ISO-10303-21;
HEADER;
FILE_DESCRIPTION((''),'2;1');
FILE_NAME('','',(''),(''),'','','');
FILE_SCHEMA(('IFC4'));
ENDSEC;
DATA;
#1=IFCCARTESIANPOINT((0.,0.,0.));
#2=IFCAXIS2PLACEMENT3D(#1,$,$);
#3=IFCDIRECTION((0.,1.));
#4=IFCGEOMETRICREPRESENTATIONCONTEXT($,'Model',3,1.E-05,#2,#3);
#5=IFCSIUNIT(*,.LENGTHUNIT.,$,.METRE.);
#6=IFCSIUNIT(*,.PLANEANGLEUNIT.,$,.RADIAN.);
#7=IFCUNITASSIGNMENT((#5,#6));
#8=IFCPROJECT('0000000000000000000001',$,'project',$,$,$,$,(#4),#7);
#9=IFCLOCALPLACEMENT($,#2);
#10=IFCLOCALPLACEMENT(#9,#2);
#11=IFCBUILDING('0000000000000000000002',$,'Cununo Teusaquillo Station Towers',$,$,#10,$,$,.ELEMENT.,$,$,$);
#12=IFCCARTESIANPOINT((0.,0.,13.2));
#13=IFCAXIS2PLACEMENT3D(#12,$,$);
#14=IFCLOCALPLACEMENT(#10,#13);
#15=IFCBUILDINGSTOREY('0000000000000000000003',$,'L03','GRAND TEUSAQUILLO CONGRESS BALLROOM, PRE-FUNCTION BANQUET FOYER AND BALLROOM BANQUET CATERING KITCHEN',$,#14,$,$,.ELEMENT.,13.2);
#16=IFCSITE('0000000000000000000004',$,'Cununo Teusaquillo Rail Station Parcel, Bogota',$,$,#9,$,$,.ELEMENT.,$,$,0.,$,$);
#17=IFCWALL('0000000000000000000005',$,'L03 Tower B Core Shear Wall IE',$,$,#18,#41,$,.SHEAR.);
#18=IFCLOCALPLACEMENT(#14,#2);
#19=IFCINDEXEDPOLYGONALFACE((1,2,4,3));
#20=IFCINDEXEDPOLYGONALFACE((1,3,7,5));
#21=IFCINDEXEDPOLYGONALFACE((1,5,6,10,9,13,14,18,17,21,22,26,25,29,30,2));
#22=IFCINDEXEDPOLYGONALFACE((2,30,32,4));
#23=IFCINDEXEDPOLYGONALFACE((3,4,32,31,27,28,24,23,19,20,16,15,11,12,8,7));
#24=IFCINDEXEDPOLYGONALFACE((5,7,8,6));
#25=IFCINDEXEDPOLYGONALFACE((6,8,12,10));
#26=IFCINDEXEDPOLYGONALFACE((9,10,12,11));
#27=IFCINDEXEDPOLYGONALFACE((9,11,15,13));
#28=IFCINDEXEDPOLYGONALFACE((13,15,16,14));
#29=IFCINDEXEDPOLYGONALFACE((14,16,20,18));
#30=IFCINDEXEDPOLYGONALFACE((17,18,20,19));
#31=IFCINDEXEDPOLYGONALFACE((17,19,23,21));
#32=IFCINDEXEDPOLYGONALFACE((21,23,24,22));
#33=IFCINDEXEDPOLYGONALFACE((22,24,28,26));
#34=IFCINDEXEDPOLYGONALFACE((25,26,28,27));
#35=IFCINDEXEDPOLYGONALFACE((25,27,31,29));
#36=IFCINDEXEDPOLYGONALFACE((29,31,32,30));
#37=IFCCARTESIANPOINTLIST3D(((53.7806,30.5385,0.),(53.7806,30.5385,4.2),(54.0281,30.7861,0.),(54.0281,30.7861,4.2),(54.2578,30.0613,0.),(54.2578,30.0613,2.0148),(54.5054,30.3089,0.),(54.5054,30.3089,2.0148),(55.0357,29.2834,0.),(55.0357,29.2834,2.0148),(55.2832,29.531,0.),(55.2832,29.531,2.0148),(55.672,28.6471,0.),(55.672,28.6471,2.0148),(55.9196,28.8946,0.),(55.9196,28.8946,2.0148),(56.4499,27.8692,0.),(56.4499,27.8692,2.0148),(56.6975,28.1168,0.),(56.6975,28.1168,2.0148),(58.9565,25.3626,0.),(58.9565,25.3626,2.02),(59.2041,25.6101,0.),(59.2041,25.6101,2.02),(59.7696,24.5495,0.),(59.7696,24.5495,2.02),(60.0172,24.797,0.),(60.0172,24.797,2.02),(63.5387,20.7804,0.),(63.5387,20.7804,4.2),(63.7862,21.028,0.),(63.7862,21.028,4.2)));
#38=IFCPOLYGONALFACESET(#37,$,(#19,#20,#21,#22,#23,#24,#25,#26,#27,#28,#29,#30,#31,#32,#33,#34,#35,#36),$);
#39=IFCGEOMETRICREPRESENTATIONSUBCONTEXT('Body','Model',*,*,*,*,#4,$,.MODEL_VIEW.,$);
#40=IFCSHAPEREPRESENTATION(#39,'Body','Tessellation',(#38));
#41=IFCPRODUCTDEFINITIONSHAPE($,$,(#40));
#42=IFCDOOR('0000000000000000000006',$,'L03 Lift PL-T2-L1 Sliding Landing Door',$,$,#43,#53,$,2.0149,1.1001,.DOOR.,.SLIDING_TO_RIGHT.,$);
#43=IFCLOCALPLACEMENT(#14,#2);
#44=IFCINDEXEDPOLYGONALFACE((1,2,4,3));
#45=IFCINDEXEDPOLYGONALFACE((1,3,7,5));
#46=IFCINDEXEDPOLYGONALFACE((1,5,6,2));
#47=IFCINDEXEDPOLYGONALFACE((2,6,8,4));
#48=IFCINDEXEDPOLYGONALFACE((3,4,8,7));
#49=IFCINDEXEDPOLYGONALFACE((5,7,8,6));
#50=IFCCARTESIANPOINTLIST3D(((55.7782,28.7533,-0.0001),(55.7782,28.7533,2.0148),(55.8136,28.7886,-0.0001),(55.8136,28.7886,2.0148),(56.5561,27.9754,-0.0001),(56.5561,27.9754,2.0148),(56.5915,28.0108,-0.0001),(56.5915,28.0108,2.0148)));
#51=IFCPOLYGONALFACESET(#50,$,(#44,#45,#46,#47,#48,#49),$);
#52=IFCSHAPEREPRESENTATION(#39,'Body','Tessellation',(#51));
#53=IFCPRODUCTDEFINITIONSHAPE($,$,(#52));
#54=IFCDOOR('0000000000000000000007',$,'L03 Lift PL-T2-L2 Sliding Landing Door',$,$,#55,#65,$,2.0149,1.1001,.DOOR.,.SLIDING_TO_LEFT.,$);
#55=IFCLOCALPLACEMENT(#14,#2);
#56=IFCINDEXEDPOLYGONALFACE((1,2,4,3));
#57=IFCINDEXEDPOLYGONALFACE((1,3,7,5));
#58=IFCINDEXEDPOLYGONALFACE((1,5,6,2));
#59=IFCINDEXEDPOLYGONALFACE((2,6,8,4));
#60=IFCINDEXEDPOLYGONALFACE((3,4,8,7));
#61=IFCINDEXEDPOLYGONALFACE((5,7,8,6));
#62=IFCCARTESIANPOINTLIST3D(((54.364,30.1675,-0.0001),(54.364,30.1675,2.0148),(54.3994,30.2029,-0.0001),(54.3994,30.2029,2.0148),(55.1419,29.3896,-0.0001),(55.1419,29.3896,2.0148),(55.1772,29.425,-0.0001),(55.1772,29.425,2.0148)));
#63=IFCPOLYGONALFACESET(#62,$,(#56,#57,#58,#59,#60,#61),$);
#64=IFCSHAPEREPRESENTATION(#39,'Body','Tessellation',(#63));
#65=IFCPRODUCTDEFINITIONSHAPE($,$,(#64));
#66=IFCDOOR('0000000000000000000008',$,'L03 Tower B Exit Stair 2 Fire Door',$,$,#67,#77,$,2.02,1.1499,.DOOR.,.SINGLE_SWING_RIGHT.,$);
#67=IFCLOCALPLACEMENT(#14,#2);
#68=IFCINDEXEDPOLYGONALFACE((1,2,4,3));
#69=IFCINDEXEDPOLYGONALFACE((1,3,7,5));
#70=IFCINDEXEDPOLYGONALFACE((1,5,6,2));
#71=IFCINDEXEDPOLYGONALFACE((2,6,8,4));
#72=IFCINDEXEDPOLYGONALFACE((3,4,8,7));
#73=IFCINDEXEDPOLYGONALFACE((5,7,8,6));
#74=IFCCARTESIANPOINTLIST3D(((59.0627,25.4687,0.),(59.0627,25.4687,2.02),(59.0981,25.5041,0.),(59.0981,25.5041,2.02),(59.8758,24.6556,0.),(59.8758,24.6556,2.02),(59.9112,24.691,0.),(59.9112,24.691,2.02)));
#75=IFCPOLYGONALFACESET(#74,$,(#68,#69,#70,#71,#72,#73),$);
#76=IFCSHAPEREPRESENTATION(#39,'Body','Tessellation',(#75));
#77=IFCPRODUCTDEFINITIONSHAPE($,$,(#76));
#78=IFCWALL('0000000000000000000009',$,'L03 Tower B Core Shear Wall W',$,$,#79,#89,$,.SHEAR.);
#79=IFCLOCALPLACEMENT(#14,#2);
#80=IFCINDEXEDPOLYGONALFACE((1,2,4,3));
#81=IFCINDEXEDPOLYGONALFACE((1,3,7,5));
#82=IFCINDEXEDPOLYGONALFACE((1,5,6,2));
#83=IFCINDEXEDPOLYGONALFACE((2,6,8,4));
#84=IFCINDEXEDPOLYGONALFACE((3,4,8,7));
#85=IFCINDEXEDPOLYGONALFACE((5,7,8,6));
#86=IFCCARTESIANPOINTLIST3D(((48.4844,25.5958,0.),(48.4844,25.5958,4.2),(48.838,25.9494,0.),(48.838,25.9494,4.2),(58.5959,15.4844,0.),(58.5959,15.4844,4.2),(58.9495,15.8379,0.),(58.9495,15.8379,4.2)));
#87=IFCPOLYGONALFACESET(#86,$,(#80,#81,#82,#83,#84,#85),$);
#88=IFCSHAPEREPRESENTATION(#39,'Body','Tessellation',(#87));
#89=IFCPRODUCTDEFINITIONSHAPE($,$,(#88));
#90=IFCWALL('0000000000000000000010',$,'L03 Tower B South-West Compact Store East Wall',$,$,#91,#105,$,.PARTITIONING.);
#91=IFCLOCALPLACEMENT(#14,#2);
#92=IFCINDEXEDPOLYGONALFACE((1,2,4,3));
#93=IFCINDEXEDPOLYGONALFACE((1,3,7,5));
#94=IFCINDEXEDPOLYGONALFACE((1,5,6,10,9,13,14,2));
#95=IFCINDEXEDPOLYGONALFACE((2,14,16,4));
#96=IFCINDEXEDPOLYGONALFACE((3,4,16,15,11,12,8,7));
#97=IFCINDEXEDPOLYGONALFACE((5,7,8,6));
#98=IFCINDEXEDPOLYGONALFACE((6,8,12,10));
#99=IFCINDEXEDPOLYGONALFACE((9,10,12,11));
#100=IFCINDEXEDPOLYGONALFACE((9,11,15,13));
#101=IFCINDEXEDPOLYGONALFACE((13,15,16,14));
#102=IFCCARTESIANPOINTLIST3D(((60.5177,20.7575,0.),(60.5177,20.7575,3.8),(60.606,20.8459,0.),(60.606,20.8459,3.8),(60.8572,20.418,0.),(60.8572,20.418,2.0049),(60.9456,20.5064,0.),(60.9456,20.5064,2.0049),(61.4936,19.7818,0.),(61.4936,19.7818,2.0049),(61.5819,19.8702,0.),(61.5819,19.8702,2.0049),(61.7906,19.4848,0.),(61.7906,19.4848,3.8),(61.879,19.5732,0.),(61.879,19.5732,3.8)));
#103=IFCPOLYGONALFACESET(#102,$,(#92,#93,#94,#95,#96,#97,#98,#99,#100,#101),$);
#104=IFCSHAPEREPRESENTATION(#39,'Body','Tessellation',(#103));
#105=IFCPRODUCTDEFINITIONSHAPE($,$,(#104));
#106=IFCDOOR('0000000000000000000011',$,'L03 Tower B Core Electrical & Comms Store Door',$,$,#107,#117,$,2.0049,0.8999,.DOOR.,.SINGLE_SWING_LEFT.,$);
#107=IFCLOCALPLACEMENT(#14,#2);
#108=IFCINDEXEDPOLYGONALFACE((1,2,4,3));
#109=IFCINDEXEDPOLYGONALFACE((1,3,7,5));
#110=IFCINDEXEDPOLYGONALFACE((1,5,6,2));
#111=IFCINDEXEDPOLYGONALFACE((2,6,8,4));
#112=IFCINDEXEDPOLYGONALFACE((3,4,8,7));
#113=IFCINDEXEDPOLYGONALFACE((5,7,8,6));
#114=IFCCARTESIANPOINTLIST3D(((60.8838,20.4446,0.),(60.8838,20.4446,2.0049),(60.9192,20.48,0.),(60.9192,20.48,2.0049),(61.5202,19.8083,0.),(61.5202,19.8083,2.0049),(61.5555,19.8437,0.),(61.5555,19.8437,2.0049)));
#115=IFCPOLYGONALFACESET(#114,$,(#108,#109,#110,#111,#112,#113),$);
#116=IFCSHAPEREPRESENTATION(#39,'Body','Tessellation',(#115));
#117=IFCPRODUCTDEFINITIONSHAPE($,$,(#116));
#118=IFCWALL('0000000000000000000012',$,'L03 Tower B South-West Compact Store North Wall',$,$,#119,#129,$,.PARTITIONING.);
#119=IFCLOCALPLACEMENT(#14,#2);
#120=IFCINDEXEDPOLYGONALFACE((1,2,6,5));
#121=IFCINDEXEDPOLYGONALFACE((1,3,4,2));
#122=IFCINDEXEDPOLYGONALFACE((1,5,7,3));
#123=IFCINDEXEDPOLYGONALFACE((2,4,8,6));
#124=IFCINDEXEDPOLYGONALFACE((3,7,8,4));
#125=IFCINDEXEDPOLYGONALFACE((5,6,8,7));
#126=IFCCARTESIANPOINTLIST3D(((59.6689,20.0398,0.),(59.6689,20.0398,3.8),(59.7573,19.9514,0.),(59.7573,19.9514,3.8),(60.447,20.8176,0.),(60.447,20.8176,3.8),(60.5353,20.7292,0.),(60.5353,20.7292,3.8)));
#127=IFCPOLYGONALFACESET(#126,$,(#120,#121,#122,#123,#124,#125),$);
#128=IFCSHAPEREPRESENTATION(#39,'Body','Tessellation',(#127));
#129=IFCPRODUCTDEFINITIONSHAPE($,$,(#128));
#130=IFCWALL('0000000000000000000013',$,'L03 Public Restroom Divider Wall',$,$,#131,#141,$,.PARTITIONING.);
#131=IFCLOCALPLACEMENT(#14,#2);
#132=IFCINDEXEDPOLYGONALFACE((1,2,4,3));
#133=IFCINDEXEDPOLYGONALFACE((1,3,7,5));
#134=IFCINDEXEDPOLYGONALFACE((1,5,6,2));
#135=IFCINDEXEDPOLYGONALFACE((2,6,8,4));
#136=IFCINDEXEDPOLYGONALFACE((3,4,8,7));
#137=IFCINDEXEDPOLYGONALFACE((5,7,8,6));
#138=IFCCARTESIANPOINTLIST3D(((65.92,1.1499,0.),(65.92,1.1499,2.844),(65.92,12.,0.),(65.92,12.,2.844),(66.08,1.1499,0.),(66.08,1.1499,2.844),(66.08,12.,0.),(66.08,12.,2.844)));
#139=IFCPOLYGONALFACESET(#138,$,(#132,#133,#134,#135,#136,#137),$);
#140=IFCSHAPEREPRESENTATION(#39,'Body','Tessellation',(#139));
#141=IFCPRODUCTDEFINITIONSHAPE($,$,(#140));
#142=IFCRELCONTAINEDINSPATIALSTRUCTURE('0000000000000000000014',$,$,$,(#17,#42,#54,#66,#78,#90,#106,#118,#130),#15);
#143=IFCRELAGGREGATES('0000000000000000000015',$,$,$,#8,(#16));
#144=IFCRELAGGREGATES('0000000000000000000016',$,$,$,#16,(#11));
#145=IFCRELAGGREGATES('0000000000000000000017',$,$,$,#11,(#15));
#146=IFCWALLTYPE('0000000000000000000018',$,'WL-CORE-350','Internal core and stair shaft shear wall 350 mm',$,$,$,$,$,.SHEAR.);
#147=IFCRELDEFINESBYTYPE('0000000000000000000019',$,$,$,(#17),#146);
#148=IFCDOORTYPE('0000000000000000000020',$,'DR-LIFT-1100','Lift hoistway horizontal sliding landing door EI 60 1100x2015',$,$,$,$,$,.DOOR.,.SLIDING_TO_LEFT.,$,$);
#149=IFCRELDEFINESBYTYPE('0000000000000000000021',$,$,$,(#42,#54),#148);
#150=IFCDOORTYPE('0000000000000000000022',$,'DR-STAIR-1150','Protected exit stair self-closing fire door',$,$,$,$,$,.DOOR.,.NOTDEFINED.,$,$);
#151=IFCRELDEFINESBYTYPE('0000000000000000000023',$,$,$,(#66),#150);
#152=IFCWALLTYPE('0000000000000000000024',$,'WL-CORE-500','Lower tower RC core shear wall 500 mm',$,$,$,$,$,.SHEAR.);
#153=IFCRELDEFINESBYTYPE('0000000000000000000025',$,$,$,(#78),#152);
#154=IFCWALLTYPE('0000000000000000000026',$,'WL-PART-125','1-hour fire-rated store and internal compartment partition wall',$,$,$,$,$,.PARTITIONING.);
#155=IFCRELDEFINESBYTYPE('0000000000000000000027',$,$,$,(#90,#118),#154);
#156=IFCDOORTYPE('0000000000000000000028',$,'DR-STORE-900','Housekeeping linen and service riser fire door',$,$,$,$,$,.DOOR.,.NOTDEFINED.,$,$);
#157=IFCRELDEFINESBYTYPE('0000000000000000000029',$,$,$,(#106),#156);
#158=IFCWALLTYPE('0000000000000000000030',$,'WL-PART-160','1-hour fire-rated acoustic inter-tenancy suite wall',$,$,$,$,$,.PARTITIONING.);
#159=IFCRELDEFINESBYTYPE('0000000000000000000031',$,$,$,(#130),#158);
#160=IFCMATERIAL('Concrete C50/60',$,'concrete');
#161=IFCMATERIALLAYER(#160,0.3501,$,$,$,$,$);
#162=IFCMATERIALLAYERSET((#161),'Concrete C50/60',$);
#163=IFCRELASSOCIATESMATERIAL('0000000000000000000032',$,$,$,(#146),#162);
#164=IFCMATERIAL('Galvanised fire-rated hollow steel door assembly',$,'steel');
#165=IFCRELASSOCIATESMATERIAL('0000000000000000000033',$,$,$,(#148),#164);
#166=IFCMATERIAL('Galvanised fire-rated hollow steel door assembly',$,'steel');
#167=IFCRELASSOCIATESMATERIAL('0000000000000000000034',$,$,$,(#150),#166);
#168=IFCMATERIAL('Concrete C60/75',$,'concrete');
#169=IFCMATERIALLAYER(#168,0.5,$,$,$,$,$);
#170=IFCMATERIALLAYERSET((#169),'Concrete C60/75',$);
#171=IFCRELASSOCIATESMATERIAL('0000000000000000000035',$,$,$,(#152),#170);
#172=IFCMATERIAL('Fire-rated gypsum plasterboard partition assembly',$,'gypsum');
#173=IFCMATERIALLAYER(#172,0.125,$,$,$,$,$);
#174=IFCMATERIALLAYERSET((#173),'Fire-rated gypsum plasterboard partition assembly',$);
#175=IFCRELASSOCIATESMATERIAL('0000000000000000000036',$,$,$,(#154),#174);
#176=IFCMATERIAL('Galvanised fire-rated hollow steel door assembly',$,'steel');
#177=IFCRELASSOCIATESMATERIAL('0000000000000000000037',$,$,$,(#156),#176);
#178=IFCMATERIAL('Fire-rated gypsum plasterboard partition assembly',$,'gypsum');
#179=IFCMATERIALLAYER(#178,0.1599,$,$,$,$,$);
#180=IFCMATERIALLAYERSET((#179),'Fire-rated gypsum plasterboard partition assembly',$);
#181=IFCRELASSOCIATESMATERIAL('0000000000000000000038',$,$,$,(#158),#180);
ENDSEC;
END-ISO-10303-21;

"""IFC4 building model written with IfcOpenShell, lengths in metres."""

from ifc_helpers import new_model, si_unit, direction, frame, frame_2d, origin, place, context, subcontext, project, spatial, rectangle, extrude, source, transform, mapped, material, layer, layer_set, type_object, element, fill, save


model = new_model("IFC4")

# Units and contexts
model_context = context("Model", 3, precision=1e-05, world=origin(), true_north=direction((0.0, 1.0)))
body_context = subcontext(model_context, "Body", "Model", "MODEL_VIEW")
ifc_project = project(units=[si_unit("LENGTHUNIT", "METRE"), si_unit("PLANEANGLEUNIT", "RADIAN")], contexts=[model_context])

# Site, building, storey
site_placement = place(None, origin())
site = spatial("IfcSite", under=ifc_project, at=site_placement, Name="Cununo Teusaquillo Rail Station Parcel, Bogota", CompositionType="ELEMENT", RefElevation=0.0)
building_placement = place(site_placement, origin())
building = spatial("IfcBuilding", under=site, at=building_placement, Name="Cununo Teusaquillo Station Towers", CompositionType="ELEMENT")
storey_placement = place(building_placement, frame((0.0, 0.0, 13.2)))
storey = spatial("IfcBuildingStorey", under=building, at=storey_placement, Name="L03", Description="GRAND TEUSAQUILLO CONGRESS BALLROOM, PRE-FUNCTION BANQUET FOYER AND BALLROOM BANQUET CATERING KITCHEN", CompositionType="ELEMENT", Elevation=13.2)

# Wall, openings, doors
ifc_material_1 = material(Name="Concrete C50/60", Category="concrete")
ifc_layer_1 = layer(ifc_material_1, 0.3501)
ifc_layer_set_1 = layer_set([ifc_layer_1], Name="Concrete C50/60")
wall_type_1 = type_object("IfcWallType", Name="WL-CORE-350", Description="Internal core and stair shaft shear wall 350 mm", PredefinedType="SHEAR", material=ifc_layer_set_1)
shared_shape_1 = source(origin(), body_context, "Body", "SweptSolid", [
    extrude(rectangle(XDim=1.1001, YDim=2.0149, at=frame_2d((0.55, 1.0073))), frame((0.0, 0.1851, 0.0), z_axis=(0.0, -1.0, 0.0), x_axis=(1.0, 0.0, 0.0)), (0.0, 0.0, 1.0), 0.3701),
])
shared_shape_2 = source(origin(), body_context, "Body", "SweptSolid", [
    extrude(rectangle(XDim=1.1499, YDim=2.02, at=frame_2d((0.575, 1.01))), frame((0.0, 0.1851, 0.0), z_axis=(0.0, -1.0, 0.0), x_axis=(1.0, 0.0, 0.0)), (0.0, 0.0, 1.0), 0.3701),
])
ifc_material_2 = material(Name="Galvanised fire-rated hollow steel door assembly", Category="steel")
door_type_1 = type_object("IfcDoorType", Name="DR-LIFT-1100", Description="Lift hoistway horizontal sliding landing door EI 60 1100x2015", OperationType="SLIDING_TO_LEFT", PredefinedType="DOOR", material=ifc_material_2)
shared_shape_3 = source(origin(), body_context, "Body", "SweptSolid", [
    extrude(rectangle(XDim=1.1001, YDim=2.0149, at=frame_2d((0.55, 1.0073))), frame((0.0, 0.0249, 0.0), z_axis=(0.0, -1.0, 0.0), x_axis=(1.0, 0.0, 0.0)), (0.0, 0.0, 1.0), 0.05),
])
ifc_material_3 = material(Name="Galvanised fire-rated hollow steel door assembly", Category="steel")
door_type_2 = type_object("IfcDoorType", Name="DR-STAIR-1150", Description="Protected exit stair self-closing fire door", OperationType="NOTDEFINED", PredefinedType="DOOR", material=ifc_material_3)
shared_shape_4 = source(origin(), body_context, "Body", "SweptSolid", [
    extrude(rectangle(XDim=1.1499, YDim=2.02, at=frame_2d((0.575, 1.01))), frame((0.0, 0.0249, 0.0), z_axis=(0.0, -1.0, 0.0), x_axis=(1.0, 0.0, 0.0)), (0.0, 0.0, 1.0), 0.05),
])
wall_1_placement = place(storey_placement, frame((63.6624, 20.9043, 0.0), z_axis=(0.0, 0.0, 1.0), x_axis=(-0.707107, 0.707107, 0.0)))
wall_1 = element("IfcWall", 1, at=wall_1_placement, inside=storey, type_object=wall_type_1, Name="L03 Tower B Core Shear Wall IE", PredefinedType="SHEAR", context=body_context, shape_type="SweptSolid", body=[
    extrude(rectangle(XDim=13.8, YDim=0.3501, at=frame_2d((6.8999, 0.0))), origin(), (0.0, 0.0, 1.0), 4.2),
])
opening_1_placement = place(wall_1_placement, frame((10.0249, 0.0, 0.0)))
opening_1 = element("IfcOpeningElement", 2, at=opening_1_placement, cuts=wall_1, PredefinedType="OPENING", context=body_context, shape_type="MappedRepresentation", body=[
    mapped(shared_shape_1, transform((0.0, 0.0, 0.0), x_axis=(1.0, 0.0, 0.0), y_axis=(0.0, 1.0, 0.0), z_axis=(0.0, 0.0, 1.0), scale=1.0)),
])
opening_2_placement = place(wall_1_placement, frame((12.0249, 0.0, 0.0)))
opening_2 = element("IfcOpeningElement", 3, at=opening_2_placement, cuts=wall_1, PredefinedType="OPENING", context=body_context, shape_type="MappedRepresentation", body=[
    mapped(shared_shape_1, transform((0.0, 0.0, 0.0), x_axis=(1.0, 0.0, 0.0), y_axis=(0.0, 1.0, 0.0), z_axis=(0.0, 0.0, 1.0), scale=1.0)),
])
opening_3_placement = place(wall_1_placement, frame((5.3301, 0.0, 0.0)))
opening_3 = element("IfcOpeningElement", 4, at=opening_3_placement, cuts=wall_1, PredefinedType="OPENING", context=body_context, shape_type="MappedRepresentation", body=[
    mapped(shared_shape_2, transform((0.0, 0.0, 0.0), x_axis=(1.0, 0.0, 0.0), y_axis=(0.0, 1.0, 0.0), z_axis=(0.0, 0.0, 1.0), scale=1.0)),
])
door_1_placement = place(opening_1_placement, origin())
door_1 = element("IfcDoor", 5, at=door_1_placement, inside=storey, type_object=door_type_1, Name="L03 Lift PL-T2-L1 Sliding Landing Door", OperationType="SLIDING_TO_RIGHT", OverallHeight=2.0149, OverallWidth=1.1001, PredefinedType="DOOR", context=body_context, shape_type="MappedRepresentation", body=[
    mapped(shared_shape_3, transform((0.0, 0.0, 0.0), x_axis=(1.0, 0.0, 0.0), y_axis=(0.0, 1.0, 0.0), z_axis=(0.0, 0.0, 1.0), scale=1.0)),
])
fill(opening_1, door_1)
door_2_placement = place(opening_2_placement, origin())
door_2 = element("IfcDoor", 6, at=door_2_placement, inside=storey, type_object=door_type_1, Name="L03 Lift PL-T2-L2 Sliding Landing Door", OperationType="SLIDING_TO_LEFT", OverallHeight=2.0149, OverallWidth=1.1001, PredefinedType="DOOR", context=body_context, shape_type="MappedRepresentation", body=[
    mapped(shared_shape_3, transform((0.0, 0.0, 0.0), x_axis=(1.0, 0.0, 0.0), y_axis=(0.0, 1.0, 0.0), z_axis=(0.0, 0.0, 1.0), scale=1.0)),
])
fill(opening_2, door_2)
door_3_placement = place(opening_3_placement, origin())
door_3 = element("IfcDoor", 7, at=door_3_placement, inside=storey, type_object=door_type_2, Name="L03 Tower B Exit Stair 2 Fire Door", OperationType="SINGLE_SWING_RIGHT", OverallHeight=2.02, OverallWidth=1.1499, PredefinedType="DOOR", context=body_context, shape_type="MappedRepresentation", body=[
    mapped(shared_shape_4, transform((0.0, 0.0, 0.0), x_axis=(1.0, 0.0, 0.0), y_axis=(0.0, 1.0, 0.0), z_axis=(0.0, 0.0, 1.0), scale=1.0)),
])
fill(opening_3, door_3)

# Wall
ifc_material_4 = material(Name="Concrete C60/75", Category="concrete")
ifc_layer_2 = layer(ifc_material_4, 0.5)
ifc_layer_set_2 = layer_set([ifc_layer_2], Name="Concrete C60/75")
wall_type_2 = type_object("IfcWallType", Name="WL-CORE-500", Description="Lower tower RC core shear wall 500 mm", PredefinedType="SHEAR", material=ifc_layer_set_2)
wall_2_placement = place(storey_placement, frame((58.7727, 15.6611, 0.0), z_axis=(0.0, 0.0, 1.0), x_axis=(-0.707107, 0.707107, 0.0)))
element("IfcWall", 8, at=wall_2_placement, inside=storey, type_object=wall_type_2, Name="L03 Tower B Core Shear Wall W", PredefinedType="SHEAR", context=body_context, shape_type="SweptSolid", body=[
    extrude(rectangle(XDim=14.2998, YDim=0.5, at=frame_2d((7.1499, 0.0))), origin(), (0.0, 0.0, 1.0), 4.2),
])

# Wall, opening, door
ifc_material_5 = material(Name="Fire-rated gypsum plasterboard partition assembly", Category="gypsum")
ifc_layer_3 = layer(ifc_material_5, 0.125)
ifc_layer_set_3 = layer_set([ifc_layer_3], Name="Fire-rated gypsum plasterboard partition assembly")
wall_type_3 = type_object("IfcWallType", Name="WL-PART-125", Description="1-hour fire-rated store and internal compartment partition wall", PredefinedType="PARTITIONING", material=ifc_layer_set_3)
wall_3_placement = place(storey_placement, frame((61.8347, 19.5291, 0.0), z_axis=(0.0, 0.0, 1.0), x_axis=(-0.707175, 0.707039, 0.0)))
wall_3 = element("IfcWall", 9, at=wall_3_placement, inside=storey, type_object=wall_type_3, Name="L03 Tower B South-West Compact Store East Wall", PredefinedType="PARTITIONING", context=body_context, shape_type="SweptSolid", body=[
    extrude(rectangle(XDim=1.8, YDim=0.125, at=frame_2d((0.8999, 0.0))), origin(), (0.0, 0.0, 1.0), 3.8),
])
shared_shape_5 = source(origin(), body_context, "Body", "SweptSolid", [
    extrude(rectangle(XDim=0.8999, YDim=2.0049, at=frame_2d((0.45, 1.0024))), frame((0.0, 0.0725, 0.0), z_axis=(0.0, -1.0, 0.0), x_axis=(1.0, 0.0, 0.0)), (0.0, 0.0, 1.0), 0.145),
])
opening_4_placement = place(wall_3_placement, frame((0.4199, 0.0, 0.0)))
opening_4 = element("IfcOpeningElement", 10, at=opening_4_placement, cuts=wall_3, PredefinedType="OPENING", context=body_context, shape_type="MappedRepresentation", body=[
    mapped(shared_shape_5, transform((0.0, 0.0, 0.0), x_axis=(1.0, 0.0, 0.0), y_axis=(0.0, 1.0, 0.0), z_axis=(0.0, 0.0, 1.0), scale=1.0)),
])
ifc_material_6 = material(Name="Galvanised fire-rated hollow steel door assembly", Category="steel")
door_type_3 = type_object("IfcDoorType", Name="DR-STORE-900", Description="Housekeeping linen and service riser fire door", OperationType="NOTDEFINED", PredefinedType="DOOR", material=ifc_material_6)
shared_shape_6 = source(origin(), body_context, "Body", "SweptSolid", [
    extrude(rectangle(XDim=0.8999, YDim=2.0049, at=frame_2d((0.45, 1.0024))), frame((0.0, 0.0249, 0.0), z_axis=(0.0, -1.0, 0.0), x_axis=(1.0, 0.0, 0.0)), (0.0, 0.0, 1.0), 0.05),
])
door_4_placement = place(opening_4_placement, origin())
door_4 = element("IfcDoor", 11, at=door_4_placement, inside=storey, type_object=door_type_3, Name="L03 Tower B Core Electrical & Comms Store Door", OperationType="SINGLE_SWING_LEFT", OverallHeight=2.0049, OverallWidth=0.8999, PredefinedType="DOOR", context=body_context, shape_type="MappedRepresentation", body=[
    mapped(shared_shape_6, transform((0.0, 0.0, 0.0), x_axis=(1.0, 0.0, 0.0), y_axis=(0.0, 1.0, 0.0), z_axis=(0.0, 0.0, 1.0), scale=1.0)),
])
fill(opening_4, door_4)

# Walls
wall_4_placement = place(storey_placement, frame((59.7131, 19.9956, 0.0), z_axis=(0.0, 0.0, 1.0), x_axis=(0.707218, 0.706996, 0.0)))
element("IfcWall", 12, at=wall_4_placement, inside=storey, type_object=wall_type_3, Name="L03 Tower B South-West Compact Store North Wall", PredefinedType="PARTITIONING", context=body_context, shape_type="SweptSolid", body=[
    extrude(rectangle(XDim=1.1001, YDim=0.125, at=frame_2d((0.55, 0.0))), origin(), (0.0, 0.0, 1.0), 3.8),
])
ifc_material_7 = material(Name="Fire-rated gypsum plasterboard partition assembly", Category="gypsum")
ifc_layer_4 = layer(ifc_material_7, 0.1599)
ifc_layer_set_4 = layer_set([ifc_layer_4], Name="Fire-rated gypsum plasterboard partition assembly")
wall_type_4 = type_object("IfcWallType", Name="WL-PART-160", Description="1-hour fire-rated acoustic inter-tenancy suite wall", PredefinedType="PARTITIONING", material=ifc_layer_set_4)
wall_5_placement = place(storey_placement, frame((66.0, 1.1499, 0.0), z_axis=(0.0, 0.0, 1.0), x_axis=(0.0, 1.0, 0.0)))
element("IfcWall", 13, at=wall_5_placement, inside=storey, type_object=wall_type_4, Name="L03 Public Restroom Divider Wall", PredefinedType="PARTITIONING", context=body_context, shape_type="SweptSolid", body=[
    extrude(rectangle(XDim=10.8501, YDim=0.1599, at=frame_2d((5.425, 0.0))), origin(), (0.0, 0.0, 1.0), 2.844),
])

save(model, "model.ifc")
